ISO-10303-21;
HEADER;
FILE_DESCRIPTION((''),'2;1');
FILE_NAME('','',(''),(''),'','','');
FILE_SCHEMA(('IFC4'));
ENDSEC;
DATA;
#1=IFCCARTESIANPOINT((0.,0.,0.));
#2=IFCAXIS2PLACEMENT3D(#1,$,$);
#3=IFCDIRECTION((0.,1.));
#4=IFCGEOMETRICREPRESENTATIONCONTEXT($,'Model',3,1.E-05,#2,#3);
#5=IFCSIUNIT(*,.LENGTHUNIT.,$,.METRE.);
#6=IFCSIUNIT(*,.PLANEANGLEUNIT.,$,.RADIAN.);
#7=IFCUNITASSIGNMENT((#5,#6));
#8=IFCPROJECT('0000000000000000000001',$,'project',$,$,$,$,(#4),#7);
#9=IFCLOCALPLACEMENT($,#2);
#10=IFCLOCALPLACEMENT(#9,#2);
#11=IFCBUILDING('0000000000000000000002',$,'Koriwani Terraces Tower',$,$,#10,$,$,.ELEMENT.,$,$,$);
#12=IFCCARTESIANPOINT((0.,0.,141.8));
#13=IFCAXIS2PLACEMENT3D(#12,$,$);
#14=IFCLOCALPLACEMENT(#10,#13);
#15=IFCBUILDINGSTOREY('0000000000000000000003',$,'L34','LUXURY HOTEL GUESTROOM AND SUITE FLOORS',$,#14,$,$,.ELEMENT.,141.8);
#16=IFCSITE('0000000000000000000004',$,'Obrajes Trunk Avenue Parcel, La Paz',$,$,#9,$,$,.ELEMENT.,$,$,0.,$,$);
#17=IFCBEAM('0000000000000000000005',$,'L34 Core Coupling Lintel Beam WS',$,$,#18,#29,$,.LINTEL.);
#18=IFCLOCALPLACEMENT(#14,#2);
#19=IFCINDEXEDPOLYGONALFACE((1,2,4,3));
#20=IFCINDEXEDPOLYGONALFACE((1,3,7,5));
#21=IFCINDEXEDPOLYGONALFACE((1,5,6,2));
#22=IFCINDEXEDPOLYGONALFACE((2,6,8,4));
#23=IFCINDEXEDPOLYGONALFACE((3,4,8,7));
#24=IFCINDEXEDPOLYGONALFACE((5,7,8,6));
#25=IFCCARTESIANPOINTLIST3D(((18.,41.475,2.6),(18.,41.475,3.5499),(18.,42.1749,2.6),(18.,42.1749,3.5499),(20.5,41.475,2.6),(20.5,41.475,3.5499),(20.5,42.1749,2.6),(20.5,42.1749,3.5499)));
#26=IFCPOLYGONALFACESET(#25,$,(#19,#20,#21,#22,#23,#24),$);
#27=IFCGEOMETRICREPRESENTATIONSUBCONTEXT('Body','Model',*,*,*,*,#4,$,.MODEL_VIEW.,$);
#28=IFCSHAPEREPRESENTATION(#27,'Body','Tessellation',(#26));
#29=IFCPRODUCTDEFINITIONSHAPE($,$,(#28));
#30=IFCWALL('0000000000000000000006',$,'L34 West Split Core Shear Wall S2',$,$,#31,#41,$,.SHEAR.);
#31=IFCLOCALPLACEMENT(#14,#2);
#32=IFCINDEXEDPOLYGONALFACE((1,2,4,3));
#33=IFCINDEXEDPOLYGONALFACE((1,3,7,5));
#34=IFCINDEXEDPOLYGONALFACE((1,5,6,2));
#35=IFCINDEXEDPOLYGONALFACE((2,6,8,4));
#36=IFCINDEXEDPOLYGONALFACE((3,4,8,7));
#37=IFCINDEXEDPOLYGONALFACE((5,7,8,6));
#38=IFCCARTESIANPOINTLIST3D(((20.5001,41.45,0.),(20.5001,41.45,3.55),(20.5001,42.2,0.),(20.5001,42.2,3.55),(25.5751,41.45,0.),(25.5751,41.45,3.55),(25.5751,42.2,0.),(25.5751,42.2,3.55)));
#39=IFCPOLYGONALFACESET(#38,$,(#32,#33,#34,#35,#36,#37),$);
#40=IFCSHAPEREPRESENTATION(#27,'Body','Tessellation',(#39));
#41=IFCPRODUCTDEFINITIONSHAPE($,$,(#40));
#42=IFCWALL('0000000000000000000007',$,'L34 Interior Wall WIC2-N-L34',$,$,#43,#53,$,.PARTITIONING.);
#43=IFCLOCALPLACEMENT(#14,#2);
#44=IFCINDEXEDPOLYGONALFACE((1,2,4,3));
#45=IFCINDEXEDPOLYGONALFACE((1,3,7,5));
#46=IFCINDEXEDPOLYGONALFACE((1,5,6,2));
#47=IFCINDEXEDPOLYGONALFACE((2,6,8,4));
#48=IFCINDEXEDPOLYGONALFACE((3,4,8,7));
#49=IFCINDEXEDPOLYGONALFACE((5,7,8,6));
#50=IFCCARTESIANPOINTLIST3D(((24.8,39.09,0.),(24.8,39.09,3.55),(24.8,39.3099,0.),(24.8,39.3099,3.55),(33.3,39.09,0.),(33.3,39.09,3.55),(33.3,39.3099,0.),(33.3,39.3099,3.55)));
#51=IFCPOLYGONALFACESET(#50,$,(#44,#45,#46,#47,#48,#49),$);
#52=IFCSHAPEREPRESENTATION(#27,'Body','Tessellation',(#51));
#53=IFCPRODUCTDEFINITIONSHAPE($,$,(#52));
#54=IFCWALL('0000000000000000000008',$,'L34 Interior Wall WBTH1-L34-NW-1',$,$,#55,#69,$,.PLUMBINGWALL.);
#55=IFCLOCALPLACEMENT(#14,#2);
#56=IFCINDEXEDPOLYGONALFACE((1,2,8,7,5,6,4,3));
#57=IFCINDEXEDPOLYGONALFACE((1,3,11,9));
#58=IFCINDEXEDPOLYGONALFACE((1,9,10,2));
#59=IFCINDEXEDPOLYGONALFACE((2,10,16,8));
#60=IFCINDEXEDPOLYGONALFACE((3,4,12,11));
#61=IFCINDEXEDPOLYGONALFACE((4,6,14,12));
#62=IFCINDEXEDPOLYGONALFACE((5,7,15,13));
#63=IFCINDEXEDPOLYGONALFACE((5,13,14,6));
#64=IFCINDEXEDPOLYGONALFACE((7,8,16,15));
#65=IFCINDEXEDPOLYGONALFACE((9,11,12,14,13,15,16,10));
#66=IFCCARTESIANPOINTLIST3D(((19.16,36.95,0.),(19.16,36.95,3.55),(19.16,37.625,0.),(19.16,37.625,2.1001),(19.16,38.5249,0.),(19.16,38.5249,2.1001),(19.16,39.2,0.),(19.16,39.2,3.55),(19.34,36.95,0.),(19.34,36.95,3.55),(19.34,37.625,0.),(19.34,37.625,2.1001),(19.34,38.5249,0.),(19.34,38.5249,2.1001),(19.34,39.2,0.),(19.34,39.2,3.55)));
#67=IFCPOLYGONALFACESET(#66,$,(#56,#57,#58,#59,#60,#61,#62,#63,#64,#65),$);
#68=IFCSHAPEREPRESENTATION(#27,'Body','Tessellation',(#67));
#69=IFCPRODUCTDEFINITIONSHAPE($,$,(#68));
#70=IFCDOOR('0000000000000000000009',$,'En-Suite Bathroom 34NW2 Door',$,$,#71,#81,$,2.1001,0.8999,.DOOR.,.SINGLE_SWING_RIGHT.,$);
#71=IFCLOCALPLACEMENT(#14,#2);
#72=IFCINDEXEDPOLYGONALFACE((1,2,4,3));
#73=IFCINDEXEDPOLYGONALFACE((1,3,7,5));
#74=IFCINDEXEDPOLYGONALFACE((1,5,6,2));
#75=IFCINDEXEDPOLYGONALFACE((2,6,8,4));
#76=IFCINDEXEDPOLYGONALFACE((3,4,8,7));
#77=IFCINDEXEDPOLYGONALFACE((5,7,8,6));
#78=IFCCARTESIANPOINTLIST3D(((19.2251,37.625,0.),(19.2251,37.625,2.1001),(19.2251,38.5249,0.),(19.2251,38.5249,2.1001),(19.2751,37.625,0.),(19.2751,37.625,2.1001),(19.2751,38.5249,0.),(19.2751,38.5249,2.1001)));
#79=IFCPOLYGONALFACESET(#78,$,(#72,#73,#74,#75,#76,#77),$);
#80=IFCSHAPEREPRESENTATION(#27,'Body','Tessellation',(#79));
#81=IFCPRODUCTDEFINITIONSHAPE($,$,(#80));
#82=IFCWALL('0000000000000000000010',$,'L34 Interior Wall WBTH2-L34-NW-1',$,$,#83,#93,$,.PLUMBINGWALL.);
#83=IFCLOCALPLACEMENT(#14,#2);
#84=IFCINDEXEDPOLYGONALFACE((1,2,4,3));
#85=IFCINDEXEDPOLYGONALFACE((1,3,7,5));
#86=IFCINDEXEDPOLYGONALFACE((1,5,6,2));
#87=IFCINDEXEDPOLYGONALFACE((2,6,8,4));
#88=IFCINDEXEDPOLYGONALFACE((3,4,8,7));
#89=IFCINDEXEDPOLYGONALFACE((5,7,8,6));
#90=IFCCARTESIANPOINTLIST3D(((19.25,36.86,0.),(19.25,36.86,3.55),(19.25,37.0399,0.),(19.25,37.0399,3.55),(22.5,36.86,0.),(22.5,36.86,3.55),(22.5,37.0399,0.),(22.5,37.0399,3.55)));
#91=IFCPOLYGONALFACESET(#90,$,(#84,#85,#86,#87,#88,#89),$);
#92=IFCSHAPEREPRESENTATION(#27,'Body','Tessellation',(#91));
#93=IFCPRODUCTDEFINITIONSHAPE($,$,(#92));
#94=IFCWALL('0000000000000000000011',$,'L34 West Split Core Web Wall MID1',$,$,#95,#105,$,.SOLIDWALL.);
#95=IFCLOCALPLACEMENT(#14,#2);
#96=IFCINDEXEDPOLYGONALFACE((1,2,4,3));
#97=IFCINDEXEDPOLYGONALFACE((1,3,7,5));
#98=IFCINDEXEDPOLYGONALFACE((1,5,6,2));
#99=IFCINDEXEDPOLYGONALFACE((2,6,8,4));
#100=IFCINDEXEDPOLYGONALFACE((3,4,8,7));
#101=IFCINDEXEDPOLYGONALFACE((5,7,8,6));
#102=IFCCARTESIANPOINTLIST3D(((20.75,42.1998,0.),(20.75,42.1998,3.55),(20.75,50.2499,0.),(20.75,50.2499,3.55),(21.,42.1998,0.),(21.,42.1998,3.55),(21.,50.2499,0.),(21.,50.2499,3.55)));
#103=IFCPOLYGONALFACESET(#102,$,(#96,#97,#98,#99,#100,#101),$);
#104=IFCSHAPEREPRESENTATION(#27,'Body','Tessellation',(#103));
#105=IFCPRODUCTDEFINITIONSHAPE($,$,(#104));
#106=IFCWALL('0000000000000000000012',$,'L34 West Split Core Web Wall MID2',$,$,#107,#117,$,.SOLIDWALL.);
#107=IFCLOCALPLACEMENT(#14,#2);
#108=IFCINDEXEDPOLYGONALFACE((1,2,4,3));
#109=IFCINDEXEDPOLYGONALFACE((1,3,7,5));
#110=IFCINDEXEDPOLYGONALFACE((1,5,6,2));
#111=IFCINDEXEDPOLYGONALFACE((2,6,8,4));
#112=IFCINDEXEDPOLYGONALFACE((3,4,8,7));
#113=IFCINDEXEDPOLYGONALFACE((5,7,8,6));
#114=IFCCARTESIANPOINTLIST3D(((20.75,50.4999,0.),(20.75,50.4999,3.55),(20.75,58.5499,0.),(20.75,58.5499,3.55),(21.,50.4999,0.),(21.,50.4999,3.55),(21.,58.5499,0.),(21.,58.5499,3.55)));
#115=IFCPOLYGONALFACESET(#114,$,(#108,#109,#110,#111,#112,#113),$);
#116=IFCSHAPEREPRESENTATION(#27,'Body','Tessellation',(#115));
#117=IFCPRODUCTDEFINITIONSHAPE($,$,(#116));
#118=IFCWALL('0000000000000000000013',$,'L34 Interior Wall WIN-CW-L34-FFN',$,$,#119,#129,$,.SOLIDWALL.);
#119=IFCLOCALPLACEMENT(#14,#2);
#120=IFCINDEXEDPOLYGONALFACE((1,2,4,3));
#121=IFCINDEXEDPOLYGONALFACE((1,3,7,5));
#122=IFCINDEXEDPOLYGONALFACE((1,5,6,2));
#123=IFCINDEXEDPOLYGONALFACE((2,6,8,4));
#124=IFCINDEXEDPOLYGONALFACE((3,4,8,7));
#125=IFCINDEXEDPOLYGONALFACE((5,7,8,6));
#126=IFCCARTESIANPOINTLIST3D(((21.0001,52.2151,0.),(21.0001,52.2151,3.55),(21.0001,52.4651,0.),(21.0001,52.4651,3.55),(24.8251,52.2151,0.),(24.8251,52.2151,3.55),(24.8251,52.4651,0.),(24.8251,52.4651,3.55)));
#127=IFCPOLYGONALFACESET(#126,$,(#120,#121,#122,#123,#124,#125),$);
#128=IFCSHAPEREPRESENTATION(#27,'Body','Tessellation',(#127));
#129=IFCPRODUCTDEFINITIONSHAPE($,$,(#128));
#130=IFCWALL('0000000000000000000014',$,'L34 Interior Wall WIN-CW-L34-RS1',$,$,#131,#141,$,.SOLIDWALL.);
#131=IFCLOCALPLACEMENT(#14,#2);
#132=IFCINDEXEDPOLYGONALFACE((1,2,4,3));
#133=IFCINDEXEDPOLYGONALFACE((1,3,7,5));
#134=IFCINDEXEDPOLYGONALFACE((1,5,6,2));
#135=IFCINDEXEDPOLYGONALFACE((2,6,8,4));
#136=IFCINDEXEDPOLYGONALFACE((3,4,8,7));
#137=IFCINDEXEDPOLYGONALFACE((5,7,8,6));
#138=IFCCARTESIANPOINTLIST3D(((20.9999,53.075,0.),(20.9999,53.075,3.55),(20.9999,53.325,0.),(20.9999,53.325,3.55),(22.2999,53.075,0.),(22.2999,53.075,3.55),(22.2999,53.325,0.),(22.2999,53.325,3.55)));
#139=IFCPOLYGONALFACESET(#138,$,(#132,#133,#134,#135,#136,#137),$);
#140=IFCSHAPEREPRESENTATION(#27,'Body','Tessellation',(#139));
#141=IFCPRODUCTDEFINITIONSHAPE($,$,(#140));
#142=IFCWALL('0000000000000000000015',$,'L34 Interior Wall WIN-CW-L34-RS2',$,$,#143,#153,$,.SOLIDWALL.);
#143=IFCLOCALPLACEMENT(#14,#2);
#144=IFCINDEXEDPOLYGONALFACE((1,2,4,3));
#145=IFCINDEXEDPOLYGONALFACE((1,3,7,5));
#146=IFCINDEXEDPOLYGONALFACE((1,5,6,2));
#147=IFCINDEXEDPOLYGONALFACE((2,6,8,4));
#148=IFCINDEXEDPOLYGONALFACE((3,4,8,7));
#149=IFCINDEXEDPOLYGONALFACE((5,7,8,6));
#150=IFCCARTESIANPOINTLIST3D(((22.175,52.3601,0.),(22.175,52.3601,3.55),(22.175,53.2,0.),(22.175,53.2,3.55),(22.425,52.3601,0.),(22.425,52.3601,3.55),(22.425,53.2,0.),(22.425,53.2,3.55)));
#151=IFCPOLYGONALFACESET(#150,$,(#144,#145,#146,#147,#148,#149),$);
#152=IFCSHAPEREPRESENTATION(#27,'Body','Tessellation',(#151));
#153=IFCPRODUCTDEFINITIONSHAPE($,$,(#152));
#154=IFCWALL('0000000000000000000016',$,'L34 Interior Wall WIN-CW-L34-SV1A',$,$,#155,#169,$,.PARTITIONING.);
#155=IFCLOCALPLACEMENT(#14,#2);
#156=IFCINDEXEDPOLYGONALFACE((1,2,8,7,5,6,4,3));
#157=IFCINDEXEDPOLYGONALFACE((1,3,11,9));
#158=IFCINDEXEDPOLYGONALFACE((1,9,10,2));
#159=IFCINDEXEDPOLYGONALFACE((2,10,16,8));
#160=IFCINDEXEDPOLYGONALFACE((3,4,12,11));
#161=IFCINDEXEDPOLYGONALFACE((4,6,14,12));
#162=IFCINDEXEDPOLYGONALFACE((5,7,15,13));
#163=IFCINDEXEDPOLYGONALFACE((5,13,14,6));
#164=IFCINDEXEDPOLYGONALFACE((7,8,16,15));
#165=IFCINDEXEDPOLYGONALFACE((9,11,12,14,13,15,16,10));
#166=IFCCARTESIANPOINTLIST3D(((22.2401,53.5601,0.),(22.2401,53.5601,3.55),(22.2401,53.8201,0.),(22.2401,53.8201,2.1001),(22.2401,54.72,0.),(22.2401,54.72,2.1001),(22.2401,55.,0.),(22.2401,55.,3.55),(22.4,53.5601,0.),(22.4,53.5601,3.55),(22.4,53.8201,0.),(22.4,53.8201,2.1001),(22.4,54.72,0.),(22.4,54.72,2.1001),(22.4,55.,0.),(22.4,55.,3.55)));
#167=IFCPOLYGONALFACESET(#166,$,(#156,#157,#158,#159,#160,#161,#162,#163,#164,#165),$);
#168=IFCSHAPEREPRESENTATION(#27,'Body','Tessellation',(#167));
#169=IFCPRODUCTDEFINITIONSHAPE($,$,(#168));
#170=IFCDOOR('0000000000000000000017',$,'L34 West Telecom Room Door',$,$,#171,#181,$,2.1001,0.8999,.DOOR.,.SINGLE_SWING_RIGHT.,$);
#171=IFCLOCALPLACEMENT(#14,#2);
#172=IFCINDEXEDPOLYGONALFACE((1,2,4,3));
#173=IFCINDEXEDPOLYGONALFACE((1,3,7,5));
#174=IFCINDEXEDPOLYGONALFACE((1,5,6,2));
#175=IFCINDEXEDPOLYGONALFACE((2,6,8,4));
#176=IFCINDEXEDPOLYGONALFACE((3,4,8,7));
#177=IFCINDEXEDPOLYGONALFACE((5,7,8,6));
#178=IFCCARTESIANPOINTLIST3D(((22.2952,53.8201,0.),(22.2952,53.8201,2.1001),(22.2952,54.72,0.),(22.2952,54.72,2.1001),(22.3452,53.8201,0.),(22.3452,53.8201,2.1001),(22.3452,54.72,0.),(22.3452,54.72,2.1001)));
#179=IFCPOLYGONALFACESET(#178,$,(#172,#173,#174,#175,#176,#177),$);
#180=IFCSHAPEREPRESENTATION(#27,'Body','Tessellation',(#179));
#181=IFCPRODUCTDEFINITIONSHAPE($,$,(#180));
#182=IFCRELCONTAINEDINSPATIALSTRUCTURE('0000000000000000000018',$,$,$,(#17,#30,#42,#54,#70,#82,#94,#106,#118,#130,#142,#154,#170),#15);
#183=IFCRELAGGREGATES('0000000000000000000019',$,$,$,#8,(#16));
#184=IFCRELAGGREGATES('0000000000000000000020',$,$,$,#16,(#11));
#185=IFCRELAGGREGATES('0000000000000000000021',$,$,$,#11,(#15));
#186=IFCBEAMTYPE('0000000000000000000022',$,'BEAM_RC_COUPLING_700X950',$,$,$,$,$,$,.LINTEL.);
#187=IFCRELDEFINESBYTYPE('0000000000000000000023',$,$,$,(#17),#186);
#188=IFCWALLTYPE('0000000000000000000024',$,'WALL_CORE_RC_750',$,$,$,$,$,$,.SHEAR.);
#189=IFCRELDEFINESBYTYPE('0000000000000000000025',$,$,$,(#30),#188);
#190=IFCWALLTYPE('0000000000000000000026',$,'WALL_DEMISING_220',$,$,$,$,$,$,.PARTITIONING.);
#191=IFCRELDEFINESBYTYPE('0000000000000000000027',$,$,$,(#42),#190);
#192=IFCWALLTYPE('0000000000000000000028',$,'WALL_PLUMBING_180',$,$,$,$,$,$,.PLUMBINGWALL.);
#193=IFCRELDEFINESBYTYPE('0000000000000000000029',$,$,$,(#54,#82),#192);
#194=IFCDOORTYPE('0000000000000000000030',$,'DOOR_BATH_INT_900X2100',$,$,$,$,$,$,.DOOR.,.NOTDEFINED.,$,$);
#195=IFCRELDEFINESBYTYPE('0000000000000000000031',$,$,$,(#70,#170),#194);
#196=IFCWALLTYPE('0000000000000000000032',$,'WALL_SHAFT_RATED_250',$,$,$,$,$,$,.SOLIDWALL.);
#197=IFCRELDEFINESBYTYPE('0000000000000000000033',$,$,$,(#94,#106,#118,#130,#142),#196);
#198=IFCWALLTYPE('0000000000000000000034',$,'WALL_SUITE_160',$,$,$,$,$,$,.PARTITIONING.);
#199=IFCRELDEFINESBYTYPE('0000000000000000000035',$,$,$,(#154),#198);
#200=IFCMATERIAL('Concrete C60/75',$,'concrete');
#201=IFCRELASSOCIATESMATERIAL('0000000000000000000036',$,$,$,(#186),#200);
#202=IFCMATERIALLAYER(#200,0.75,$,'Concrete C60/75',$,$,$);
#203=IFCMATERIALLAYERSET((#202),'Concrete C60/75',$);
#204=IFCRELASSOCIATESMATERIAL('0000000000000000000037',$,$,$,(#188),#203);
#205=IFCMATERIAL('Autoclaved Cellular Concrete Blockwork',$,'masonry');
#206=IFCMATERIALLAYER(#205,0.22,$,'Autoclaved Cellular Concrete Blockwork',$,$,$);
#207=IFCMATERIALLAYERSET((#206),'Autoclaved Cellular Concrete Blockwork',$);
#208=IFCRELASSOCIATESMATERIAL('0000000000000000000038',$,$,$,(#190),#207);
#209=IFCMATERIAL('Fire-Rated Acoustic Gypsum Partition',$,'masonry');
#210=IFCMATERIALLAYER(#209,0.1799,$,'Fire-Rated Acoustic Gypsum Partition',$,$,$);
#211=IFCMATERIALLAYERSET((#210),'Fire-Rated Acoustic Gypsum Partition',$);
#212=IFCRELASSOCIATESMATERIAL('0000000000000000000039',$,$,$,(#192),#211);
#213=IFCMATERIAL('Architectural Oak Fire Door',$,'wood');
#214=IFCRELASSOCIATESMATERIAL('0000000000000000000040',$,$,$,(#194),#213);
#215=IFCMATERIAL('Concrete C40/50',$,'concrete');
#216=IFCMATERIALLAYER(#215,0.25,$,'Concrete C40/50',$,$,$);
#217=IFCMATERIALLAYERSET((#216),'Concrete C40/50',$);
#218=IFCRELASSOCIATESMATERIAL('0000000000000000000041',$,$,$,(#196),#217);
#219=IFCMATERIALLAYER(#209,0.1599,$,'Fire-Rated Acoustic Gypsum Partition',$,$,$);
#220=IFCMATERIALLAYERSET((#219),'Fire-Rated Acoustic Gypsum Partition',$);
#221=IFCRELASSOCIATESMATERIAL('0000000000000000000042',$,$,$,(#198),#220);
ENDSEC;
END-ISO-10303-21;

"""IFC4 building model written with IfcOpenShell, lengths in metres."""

from ifc_helpers import new_model, si_unit, direction, frame, frame_2d, origin, origin_2d, place, context, subcontext, project, spatial, rectangle, extrude, material, layer, layer_set, material_profile, profile_set, type_object, element, fill, save


model = new_model("IFC4")

# Units and contexts
model_context = context("Model", 3, precision=1e-05, world=origin(), true_north=direction((0.0, 1.0)))
body_context = subcontext(model_context, "Body", "Model", "MODEL_VIEW")
ifc_project = project(units=[si_unit("LENGTHUNIT", "METRE"), si_unit("PLANEANGLEUNIT", "RADIAN")], contexts=[model_context])

# Site, building, storey
site_placement = place(None, origin())
site = spatial("IfcSite", under=ifc_project, at=site_placement, Name="Obrajes Trunk Avenue Parcel, La Paz", CompositionType="ELEMENT", RefElevation=0.0)
building_placement = place(site_placement, origin())
building = spatial("IfcBuilding", under=site, at=building_placement, Name="Koriwani Terraces Tower", CompositionType="ELEMENT")
storey_placement = place(building_placement, frame((0.0, 0.0, 141.8)))
storey = spatial("IfcBuildingStorey", under=building, at=storey_placement, Name="L34", Description="LUXURY HOTEL GUESTROOM AND SUITE FLOORS", CompositionType="ELEMENT", Elevation=141.8)

# Beam
ifc_material_1 = material(Name="Concrete C60/75", Category="concrete")
ifc_material_profile = material_profile(ifc_material_1, rectangle(XDim=0.7, YDim=0.95, at=origin_2d()), Name="Concrete C60/75", Category="LoadBearing")
ifc_profile_set = profile_set([ifc_material_profile], Name="Concrete C60/75")
beam_type = type_object("IfcBeamType", Name="BEAM_RC_COUPLING_700X950", PredefinedType="LINTEL", material=ifc_profile_set)
beam_placement = place(storey_placement, frame((18.0, 41.825, 3.075), z_axis=(1.0, 0.0, 0.0), x_axis=(0.0, 1.0, 0.0)))
element("IfcBeam", 1, at=beam_placement, inside=storey, type_object=beam_type, Name="L34 Core Coupling Lintel Beam WS", PredefinedType="LINTEL", context=body_context, shape_type="SweptSolid", body=[
    extrude(rectangle(XDim=0.7, YDim=0.95, at=origin_2d()), origin(), (0.0, 0.0, 1.0), 2.5),
])

# Walls
ifc_layer_1 = layer(ifc_material_1, 0.75, Name="Concrete C60/75")
ifc_layer_set_1 = layer_set([ifc_layer_1], Name="Concrete C60/75")
wall_type_1 = type_object("IfcWallType", Name="WALL_CORE_RC_750", PredefinedType="SHEAR", material=ifc_layer_set_1)
wall_1_placement = place(storey_placement, frame((20.5, 41.825, 0.0), z_axis=(0.0, 0.0, 1.0), x_axis=(1.0, 0.0, 0.0)))
element("IfcWall", 2, at=wall_1_placement, inside=storey, type_object=wall_type_1, Name="L34 West Split Core Shear Wall S2", PredefinedType="SHEAR", context=body_context, shape_type="SweptSolid", body=[
    extrude(rectangle(XDim=5.075, YDim=0.75, at=frame_2d((2.5376, 0.0))), origin(), (0.0, 0.0, 1.0), 3.55),
])
ifc_material_2 = material(Name="Autoclaved Cellular Concrete Blockwork", Category="masonry")
ifc_layer_2 = layer(ifc_material_2, 0.22, Name="Autoclaved Cellular Concrete Blockwork")
ifc_layer_set_2 = layer_set([ifc_layer_2], Name="Autoclaved Cellular Concrete Blockwork")
wall_type_2 = type_object("IfcWallType", Name="WALL_DEMISING_220", PredefinedType="PARTITIONING", material=ifc_layer_set_2)
wall_2_placement = place(storey_placement, frame((24.8, 39.2, 0.0), z_axis=(0.0, 0.0, 1.0), x_axis=(1.0, 0.0, 0.0)))
element("IfcWall", 3, at=wall_2_placement, inside=storey, type_object=wall_type_2, Name="L34 Interior Wall WIC2-N-L34", PredefinedType="PARTITIONING", context=body_context, shape_type="SweptSolid", body=[
    extrude(rectangle(XDim=8.5, YDim=0.22, at=frame_2d((4.25, 0.0))), origin(), (0.0, 0.0, 1.0), 3.55),
])

# Wall, opening, door
ifc_material_3 = material(Name="Fire-Rated Acoustic Gypsum Partition", Category="masonry")
ifc_layer_3 = layer(ifc_material_3, 0.1799, Name="Fire-Rated Acoustic Gypsum Partition")
ifc_layer_set_3 = layer_set([ifc_layer_3], Name="Fire-Rated Acoustic Gypsum Partition")
wall_type_3 = type_object("IfcWallType", Name="WALL_PLUMBING_180", PredefinedType="PLUMBINGWALL", material=ifc_layer_set_3)
wall_3_placement = place(storey_placement, frame((19.25, 36.95, 0.0), z_axis=(0.0, 0.0, 1.0), x_axis=(0.0, 1.0, 0.0)))
wall_3 = element("IfcWall", 4, at=wall_3_placement, inside=storey, type_object=wall_type_3, Name="L34 Interior Wall WBTH1-L34-NW-1", PredefinedType="PLUMBINGWALL", context=body_context, shape_type="SweptSolid", body=[
    extrude(rectangle(XDim=2.25, YDim=0.1799, at=frame_2d((1.125, 0.0))), origin(), (0.0, 0.0, 1.0), 3.55),
])
opening_1_placement = place(wall_3_placement, frame((0.675, 0.0, 0.0)))
opening_1 = element("IfcOpeningElement", 5, at=opening_1_placement, cuts=wall_3, PredefinedType="OPENING", context=body_context, shape_type="SweptSolid", body=[
    extrude(rectangle(XDim=0.8999, YDim=2.1001, at=frame_2d((0.45, 1.05))), frame((0.0, 0.1001, 0.0), z_axis=(0.0, -1.0, 0.0), x_axis=(1.0, 0.0, 0.0)), (0.0, 0.0, 1.0), 0.2),
])
ifc_material_4 = material(Name="Architectural Oak Fire Door", Category="wood")
door_type_1 = type_object("IfcDoorType", Name="DOOR_BATH_INT_900X2100", OperationType="NOTDEFINED", PredefinedType="DOOR", material=ifc_material_4)
door_1_placement = place(opening_1_placement, origin())
door_1 = element("IfcDoor", 6, at=door_1_placement, inside=storey, type_object=door_type_1, Name="En-Suite Bathroom 34NW2 Door", OperationType="SINGLE_SWING_RIGHT", OverallHeight=2.1001, OverallWidth=0.8999, PredefinedType="DOOR", context=body_context, shape_type="SweptSolid", body=[
    extrude(rectangle(XDim=0.8999, YDim=2.1001, at=frame_2d((0.45, 1.05))), frame((0.0, 0.0249, 0.0), z_axis=(0.0, -1.0, 0.0), x_axis=(1.0, 0.0, 0.0)), (0.0, 0.0, 1.0), 0.05),
])
fill(opening_1, door_1)

# Walls
wall_4_placement = place(storey_placement, frame((19.25, 36.95, 0.0), z_axis=(0.0, 0.0, 1.0), x_axis=(1.0, 0.0, 0.0)))
element("IfcWall", 7, at=wall_4_placement, inside=storey, type_object=wall_type_3, Name="L34 Interior Wall WBTH2-L34-NW-1", PredefinedType="PLUMBINGWALL", context=body_context, shape_type="SweptSolid", body=[
    extrude(rectangle(XDim=3.25, YDim=0.1799, at=frame_2d((1.625, 0.0))), origin(), (0.0, 0.0, 1.0), 3.55),
])
ifc_material_5 = material(Name="Concrete C40/50", Category="concrete")
ifc_layer_4 = layer(ifc_material_5, 0.25, Name="Concrete C40/50")
ifc_layer_set_4 = layer_set([ifc_layer_4], Name="Concrete C40/50")
wall_type_4 = type_object("IfcWallType", Name="WALL_SHAFT_RATED_250", PredefinedType="SOLIDWALL", material=ifc_layer_set_4)
for number, where, z_axis, x_axis, name in (
    (8, (20.875, 42.2, 0.0), (0.0, 0.0, 1.0), (0.0, 1.0, 0.0), "L34 West Split Core Web Wall MID1"),
    (9, (20.875, 50.5, 0.0), (0.0, 0.0, 1.0), (0.0, 1.0, 0.0), "L34 West Split Core Web Wall MID2"),
):
    element("IfcWall", number, at=place(storey_placement, frame(where, z_axis=z_axis, x_axis=x_axis)), inside=storey, type_object=wall_type_4, Name=name, PredefinedType="SOLIDWALL", context=body_context, shape_type="SweptSolid", body=[
        extrude(rectangle(XDim=8.05, YDim=0.25, at=frame_2d((4.0249, 0.0))), origin(), (0.0, 0.0, 1.0), 3.55),
    ])

# Wall
wall_5_placement = place(storey_placement, frame((21.0, 52.3401, 0.0), z_axis=(0.0, 0.0, 1.0), x_axis=(1.0, 0.0, 0.0)))
element("IfcWall", 10, at=wall_5_placement, inside=storey, type_object=wall_type_4, Name="L34 Interior Wall WIN-CW-L34-FFN", PredefinedType="SOLIDWALL", context=body_context, shape_type="SweptSolid", body=[
    extrude(rectangle(XDim=3.825, YDim=0.25, at=frame_2d((1.9126, 0.0))), origin(), (0.0, 0.0, 1.0), 3.55),
])

# Walls
wall_6_placement = place(storey_placement, frame((21.0, 53.2, 0.0), z_axis=(0.0, 0.0, 1.0), x_axis=(1.0, 0.0, 0.0)))
element("IfcWall", 11, at=wall_6_placement, inside=storey, type_object=wall_type_4, Name="L34 Interior Wall WIN-CW-L34-RS1", PredefinedType="SOLIDWALL", context=body_context, shape_type="SweptSolid", body=[
    extrude(rectangle(XDim=1.3, YDim=0.25, at=frame_2d((0.6499, 0.0))), origin(), (0.0, 0.0, 1.0), 3.55),
])
wall_7_placement = place(storey_placement, frame((22.3, 52.3601, 0.0), z_axis=(0.0, 0.0, 1.0), x_axis=(0.0, 1.0, 0.0)))
element("IfcWall", 12, at=wall_7_placement, inside=storey, type_object=wall_type_4, Name="L34 Interior Wall WIN-CW-L34-RS2", PredefinedType="SOLIDWALL", context=body_context, shape_type="SweptSolid", body=[
    extrude(rectangle(XDim=0.8398, YDim=0.25, at=frame_2d((0.4199, 0.0))), origin(), (0.0, 0.0, 1.0), 3.55),
])

# Wall, opening, door
ifc_layer_5 = layer(ifc_material_3, 0.1599, Name="Fire-Rated Acoustic Gypsum Partition")
ifc_layer_set_5 = layer_set([ifc_layer_5], Name="Fire-Rated Acoustic Gypsum Partition")
wall_type_5 = type_object("IfcWallType", Name="WALL_SUITE_160", PredefinedType="PARTITIONING", material=ifc_layer_set_5)
wall_8_placement = place(storey_placement, frame((22.3201, 53.5601, 0.0), z_axis=(0.0, 0.0, 1.0), x_axis=(0.0, 1.0, 0.0)))
wall_8 = element("IfcWall", 13, at=wall_8_placement, inside=storey, type_object=wall_type_5, Name="L34 Interior Wall WIN-CW-L34-SV1A", PredefinedType="PARTITIONING", context=body_context, shape_type="SweptSolid", body=[
    extrude(rectangle(XDim=1.4399, YDim=0.1599, at=frame_2d((0.72, 0.0))), origin(), (0.0, 0.0, 1.0), 3.55),
])
opening_2_placement = place(wall_8_placement, frame((0.26, 0.0, 0.0)))
opening_2 = element("IfcOpeningElement", 14, at=opening_2_placement, cuts=wall_8, PredefinedType="OPENING", context=body_context, shape_type="SweptSolid", body=[
    extrude(rectangle(XDim=0.8999, YDim=2.1001, at=frame_2d((0.45, 1.05))), frame((0.0, 0.0898, 0.0), z_axis=(0.0, -1.0, 0.0), x_axis=(1.0, 0.0, 0.0)), (0.0, 0.0, 1.0), 0.1799),
])
door_2_placement = place(opening_2_placement, origin())
door_2 = element("IfcDoor", 15, at=door_2_placement, inside=storey, type_object=door_type_1, Name="L34 West Telecom Room Door", OperationType="SINGLE_SWING_RIGHT", OverallHeight=2.1001, OverallWidth=0.8999, PredefinedType="DOOR", context=body_context, shape_type="SweptSolid", body=[
    extrude(rectangle(XDim=0.8999, YDim=2.1001, at=frame_2d((0.45, 1.05))), frame((0.0, 0.0249, 0.0), z_axis=(0.0, -1.0, 0.0), x_axis=(1.0, 0.0, 0.0)), (0.0, 0.0, 1.0), 0.05),
])
fill(opening_2, door_2)

save(model, "model.ifc")
